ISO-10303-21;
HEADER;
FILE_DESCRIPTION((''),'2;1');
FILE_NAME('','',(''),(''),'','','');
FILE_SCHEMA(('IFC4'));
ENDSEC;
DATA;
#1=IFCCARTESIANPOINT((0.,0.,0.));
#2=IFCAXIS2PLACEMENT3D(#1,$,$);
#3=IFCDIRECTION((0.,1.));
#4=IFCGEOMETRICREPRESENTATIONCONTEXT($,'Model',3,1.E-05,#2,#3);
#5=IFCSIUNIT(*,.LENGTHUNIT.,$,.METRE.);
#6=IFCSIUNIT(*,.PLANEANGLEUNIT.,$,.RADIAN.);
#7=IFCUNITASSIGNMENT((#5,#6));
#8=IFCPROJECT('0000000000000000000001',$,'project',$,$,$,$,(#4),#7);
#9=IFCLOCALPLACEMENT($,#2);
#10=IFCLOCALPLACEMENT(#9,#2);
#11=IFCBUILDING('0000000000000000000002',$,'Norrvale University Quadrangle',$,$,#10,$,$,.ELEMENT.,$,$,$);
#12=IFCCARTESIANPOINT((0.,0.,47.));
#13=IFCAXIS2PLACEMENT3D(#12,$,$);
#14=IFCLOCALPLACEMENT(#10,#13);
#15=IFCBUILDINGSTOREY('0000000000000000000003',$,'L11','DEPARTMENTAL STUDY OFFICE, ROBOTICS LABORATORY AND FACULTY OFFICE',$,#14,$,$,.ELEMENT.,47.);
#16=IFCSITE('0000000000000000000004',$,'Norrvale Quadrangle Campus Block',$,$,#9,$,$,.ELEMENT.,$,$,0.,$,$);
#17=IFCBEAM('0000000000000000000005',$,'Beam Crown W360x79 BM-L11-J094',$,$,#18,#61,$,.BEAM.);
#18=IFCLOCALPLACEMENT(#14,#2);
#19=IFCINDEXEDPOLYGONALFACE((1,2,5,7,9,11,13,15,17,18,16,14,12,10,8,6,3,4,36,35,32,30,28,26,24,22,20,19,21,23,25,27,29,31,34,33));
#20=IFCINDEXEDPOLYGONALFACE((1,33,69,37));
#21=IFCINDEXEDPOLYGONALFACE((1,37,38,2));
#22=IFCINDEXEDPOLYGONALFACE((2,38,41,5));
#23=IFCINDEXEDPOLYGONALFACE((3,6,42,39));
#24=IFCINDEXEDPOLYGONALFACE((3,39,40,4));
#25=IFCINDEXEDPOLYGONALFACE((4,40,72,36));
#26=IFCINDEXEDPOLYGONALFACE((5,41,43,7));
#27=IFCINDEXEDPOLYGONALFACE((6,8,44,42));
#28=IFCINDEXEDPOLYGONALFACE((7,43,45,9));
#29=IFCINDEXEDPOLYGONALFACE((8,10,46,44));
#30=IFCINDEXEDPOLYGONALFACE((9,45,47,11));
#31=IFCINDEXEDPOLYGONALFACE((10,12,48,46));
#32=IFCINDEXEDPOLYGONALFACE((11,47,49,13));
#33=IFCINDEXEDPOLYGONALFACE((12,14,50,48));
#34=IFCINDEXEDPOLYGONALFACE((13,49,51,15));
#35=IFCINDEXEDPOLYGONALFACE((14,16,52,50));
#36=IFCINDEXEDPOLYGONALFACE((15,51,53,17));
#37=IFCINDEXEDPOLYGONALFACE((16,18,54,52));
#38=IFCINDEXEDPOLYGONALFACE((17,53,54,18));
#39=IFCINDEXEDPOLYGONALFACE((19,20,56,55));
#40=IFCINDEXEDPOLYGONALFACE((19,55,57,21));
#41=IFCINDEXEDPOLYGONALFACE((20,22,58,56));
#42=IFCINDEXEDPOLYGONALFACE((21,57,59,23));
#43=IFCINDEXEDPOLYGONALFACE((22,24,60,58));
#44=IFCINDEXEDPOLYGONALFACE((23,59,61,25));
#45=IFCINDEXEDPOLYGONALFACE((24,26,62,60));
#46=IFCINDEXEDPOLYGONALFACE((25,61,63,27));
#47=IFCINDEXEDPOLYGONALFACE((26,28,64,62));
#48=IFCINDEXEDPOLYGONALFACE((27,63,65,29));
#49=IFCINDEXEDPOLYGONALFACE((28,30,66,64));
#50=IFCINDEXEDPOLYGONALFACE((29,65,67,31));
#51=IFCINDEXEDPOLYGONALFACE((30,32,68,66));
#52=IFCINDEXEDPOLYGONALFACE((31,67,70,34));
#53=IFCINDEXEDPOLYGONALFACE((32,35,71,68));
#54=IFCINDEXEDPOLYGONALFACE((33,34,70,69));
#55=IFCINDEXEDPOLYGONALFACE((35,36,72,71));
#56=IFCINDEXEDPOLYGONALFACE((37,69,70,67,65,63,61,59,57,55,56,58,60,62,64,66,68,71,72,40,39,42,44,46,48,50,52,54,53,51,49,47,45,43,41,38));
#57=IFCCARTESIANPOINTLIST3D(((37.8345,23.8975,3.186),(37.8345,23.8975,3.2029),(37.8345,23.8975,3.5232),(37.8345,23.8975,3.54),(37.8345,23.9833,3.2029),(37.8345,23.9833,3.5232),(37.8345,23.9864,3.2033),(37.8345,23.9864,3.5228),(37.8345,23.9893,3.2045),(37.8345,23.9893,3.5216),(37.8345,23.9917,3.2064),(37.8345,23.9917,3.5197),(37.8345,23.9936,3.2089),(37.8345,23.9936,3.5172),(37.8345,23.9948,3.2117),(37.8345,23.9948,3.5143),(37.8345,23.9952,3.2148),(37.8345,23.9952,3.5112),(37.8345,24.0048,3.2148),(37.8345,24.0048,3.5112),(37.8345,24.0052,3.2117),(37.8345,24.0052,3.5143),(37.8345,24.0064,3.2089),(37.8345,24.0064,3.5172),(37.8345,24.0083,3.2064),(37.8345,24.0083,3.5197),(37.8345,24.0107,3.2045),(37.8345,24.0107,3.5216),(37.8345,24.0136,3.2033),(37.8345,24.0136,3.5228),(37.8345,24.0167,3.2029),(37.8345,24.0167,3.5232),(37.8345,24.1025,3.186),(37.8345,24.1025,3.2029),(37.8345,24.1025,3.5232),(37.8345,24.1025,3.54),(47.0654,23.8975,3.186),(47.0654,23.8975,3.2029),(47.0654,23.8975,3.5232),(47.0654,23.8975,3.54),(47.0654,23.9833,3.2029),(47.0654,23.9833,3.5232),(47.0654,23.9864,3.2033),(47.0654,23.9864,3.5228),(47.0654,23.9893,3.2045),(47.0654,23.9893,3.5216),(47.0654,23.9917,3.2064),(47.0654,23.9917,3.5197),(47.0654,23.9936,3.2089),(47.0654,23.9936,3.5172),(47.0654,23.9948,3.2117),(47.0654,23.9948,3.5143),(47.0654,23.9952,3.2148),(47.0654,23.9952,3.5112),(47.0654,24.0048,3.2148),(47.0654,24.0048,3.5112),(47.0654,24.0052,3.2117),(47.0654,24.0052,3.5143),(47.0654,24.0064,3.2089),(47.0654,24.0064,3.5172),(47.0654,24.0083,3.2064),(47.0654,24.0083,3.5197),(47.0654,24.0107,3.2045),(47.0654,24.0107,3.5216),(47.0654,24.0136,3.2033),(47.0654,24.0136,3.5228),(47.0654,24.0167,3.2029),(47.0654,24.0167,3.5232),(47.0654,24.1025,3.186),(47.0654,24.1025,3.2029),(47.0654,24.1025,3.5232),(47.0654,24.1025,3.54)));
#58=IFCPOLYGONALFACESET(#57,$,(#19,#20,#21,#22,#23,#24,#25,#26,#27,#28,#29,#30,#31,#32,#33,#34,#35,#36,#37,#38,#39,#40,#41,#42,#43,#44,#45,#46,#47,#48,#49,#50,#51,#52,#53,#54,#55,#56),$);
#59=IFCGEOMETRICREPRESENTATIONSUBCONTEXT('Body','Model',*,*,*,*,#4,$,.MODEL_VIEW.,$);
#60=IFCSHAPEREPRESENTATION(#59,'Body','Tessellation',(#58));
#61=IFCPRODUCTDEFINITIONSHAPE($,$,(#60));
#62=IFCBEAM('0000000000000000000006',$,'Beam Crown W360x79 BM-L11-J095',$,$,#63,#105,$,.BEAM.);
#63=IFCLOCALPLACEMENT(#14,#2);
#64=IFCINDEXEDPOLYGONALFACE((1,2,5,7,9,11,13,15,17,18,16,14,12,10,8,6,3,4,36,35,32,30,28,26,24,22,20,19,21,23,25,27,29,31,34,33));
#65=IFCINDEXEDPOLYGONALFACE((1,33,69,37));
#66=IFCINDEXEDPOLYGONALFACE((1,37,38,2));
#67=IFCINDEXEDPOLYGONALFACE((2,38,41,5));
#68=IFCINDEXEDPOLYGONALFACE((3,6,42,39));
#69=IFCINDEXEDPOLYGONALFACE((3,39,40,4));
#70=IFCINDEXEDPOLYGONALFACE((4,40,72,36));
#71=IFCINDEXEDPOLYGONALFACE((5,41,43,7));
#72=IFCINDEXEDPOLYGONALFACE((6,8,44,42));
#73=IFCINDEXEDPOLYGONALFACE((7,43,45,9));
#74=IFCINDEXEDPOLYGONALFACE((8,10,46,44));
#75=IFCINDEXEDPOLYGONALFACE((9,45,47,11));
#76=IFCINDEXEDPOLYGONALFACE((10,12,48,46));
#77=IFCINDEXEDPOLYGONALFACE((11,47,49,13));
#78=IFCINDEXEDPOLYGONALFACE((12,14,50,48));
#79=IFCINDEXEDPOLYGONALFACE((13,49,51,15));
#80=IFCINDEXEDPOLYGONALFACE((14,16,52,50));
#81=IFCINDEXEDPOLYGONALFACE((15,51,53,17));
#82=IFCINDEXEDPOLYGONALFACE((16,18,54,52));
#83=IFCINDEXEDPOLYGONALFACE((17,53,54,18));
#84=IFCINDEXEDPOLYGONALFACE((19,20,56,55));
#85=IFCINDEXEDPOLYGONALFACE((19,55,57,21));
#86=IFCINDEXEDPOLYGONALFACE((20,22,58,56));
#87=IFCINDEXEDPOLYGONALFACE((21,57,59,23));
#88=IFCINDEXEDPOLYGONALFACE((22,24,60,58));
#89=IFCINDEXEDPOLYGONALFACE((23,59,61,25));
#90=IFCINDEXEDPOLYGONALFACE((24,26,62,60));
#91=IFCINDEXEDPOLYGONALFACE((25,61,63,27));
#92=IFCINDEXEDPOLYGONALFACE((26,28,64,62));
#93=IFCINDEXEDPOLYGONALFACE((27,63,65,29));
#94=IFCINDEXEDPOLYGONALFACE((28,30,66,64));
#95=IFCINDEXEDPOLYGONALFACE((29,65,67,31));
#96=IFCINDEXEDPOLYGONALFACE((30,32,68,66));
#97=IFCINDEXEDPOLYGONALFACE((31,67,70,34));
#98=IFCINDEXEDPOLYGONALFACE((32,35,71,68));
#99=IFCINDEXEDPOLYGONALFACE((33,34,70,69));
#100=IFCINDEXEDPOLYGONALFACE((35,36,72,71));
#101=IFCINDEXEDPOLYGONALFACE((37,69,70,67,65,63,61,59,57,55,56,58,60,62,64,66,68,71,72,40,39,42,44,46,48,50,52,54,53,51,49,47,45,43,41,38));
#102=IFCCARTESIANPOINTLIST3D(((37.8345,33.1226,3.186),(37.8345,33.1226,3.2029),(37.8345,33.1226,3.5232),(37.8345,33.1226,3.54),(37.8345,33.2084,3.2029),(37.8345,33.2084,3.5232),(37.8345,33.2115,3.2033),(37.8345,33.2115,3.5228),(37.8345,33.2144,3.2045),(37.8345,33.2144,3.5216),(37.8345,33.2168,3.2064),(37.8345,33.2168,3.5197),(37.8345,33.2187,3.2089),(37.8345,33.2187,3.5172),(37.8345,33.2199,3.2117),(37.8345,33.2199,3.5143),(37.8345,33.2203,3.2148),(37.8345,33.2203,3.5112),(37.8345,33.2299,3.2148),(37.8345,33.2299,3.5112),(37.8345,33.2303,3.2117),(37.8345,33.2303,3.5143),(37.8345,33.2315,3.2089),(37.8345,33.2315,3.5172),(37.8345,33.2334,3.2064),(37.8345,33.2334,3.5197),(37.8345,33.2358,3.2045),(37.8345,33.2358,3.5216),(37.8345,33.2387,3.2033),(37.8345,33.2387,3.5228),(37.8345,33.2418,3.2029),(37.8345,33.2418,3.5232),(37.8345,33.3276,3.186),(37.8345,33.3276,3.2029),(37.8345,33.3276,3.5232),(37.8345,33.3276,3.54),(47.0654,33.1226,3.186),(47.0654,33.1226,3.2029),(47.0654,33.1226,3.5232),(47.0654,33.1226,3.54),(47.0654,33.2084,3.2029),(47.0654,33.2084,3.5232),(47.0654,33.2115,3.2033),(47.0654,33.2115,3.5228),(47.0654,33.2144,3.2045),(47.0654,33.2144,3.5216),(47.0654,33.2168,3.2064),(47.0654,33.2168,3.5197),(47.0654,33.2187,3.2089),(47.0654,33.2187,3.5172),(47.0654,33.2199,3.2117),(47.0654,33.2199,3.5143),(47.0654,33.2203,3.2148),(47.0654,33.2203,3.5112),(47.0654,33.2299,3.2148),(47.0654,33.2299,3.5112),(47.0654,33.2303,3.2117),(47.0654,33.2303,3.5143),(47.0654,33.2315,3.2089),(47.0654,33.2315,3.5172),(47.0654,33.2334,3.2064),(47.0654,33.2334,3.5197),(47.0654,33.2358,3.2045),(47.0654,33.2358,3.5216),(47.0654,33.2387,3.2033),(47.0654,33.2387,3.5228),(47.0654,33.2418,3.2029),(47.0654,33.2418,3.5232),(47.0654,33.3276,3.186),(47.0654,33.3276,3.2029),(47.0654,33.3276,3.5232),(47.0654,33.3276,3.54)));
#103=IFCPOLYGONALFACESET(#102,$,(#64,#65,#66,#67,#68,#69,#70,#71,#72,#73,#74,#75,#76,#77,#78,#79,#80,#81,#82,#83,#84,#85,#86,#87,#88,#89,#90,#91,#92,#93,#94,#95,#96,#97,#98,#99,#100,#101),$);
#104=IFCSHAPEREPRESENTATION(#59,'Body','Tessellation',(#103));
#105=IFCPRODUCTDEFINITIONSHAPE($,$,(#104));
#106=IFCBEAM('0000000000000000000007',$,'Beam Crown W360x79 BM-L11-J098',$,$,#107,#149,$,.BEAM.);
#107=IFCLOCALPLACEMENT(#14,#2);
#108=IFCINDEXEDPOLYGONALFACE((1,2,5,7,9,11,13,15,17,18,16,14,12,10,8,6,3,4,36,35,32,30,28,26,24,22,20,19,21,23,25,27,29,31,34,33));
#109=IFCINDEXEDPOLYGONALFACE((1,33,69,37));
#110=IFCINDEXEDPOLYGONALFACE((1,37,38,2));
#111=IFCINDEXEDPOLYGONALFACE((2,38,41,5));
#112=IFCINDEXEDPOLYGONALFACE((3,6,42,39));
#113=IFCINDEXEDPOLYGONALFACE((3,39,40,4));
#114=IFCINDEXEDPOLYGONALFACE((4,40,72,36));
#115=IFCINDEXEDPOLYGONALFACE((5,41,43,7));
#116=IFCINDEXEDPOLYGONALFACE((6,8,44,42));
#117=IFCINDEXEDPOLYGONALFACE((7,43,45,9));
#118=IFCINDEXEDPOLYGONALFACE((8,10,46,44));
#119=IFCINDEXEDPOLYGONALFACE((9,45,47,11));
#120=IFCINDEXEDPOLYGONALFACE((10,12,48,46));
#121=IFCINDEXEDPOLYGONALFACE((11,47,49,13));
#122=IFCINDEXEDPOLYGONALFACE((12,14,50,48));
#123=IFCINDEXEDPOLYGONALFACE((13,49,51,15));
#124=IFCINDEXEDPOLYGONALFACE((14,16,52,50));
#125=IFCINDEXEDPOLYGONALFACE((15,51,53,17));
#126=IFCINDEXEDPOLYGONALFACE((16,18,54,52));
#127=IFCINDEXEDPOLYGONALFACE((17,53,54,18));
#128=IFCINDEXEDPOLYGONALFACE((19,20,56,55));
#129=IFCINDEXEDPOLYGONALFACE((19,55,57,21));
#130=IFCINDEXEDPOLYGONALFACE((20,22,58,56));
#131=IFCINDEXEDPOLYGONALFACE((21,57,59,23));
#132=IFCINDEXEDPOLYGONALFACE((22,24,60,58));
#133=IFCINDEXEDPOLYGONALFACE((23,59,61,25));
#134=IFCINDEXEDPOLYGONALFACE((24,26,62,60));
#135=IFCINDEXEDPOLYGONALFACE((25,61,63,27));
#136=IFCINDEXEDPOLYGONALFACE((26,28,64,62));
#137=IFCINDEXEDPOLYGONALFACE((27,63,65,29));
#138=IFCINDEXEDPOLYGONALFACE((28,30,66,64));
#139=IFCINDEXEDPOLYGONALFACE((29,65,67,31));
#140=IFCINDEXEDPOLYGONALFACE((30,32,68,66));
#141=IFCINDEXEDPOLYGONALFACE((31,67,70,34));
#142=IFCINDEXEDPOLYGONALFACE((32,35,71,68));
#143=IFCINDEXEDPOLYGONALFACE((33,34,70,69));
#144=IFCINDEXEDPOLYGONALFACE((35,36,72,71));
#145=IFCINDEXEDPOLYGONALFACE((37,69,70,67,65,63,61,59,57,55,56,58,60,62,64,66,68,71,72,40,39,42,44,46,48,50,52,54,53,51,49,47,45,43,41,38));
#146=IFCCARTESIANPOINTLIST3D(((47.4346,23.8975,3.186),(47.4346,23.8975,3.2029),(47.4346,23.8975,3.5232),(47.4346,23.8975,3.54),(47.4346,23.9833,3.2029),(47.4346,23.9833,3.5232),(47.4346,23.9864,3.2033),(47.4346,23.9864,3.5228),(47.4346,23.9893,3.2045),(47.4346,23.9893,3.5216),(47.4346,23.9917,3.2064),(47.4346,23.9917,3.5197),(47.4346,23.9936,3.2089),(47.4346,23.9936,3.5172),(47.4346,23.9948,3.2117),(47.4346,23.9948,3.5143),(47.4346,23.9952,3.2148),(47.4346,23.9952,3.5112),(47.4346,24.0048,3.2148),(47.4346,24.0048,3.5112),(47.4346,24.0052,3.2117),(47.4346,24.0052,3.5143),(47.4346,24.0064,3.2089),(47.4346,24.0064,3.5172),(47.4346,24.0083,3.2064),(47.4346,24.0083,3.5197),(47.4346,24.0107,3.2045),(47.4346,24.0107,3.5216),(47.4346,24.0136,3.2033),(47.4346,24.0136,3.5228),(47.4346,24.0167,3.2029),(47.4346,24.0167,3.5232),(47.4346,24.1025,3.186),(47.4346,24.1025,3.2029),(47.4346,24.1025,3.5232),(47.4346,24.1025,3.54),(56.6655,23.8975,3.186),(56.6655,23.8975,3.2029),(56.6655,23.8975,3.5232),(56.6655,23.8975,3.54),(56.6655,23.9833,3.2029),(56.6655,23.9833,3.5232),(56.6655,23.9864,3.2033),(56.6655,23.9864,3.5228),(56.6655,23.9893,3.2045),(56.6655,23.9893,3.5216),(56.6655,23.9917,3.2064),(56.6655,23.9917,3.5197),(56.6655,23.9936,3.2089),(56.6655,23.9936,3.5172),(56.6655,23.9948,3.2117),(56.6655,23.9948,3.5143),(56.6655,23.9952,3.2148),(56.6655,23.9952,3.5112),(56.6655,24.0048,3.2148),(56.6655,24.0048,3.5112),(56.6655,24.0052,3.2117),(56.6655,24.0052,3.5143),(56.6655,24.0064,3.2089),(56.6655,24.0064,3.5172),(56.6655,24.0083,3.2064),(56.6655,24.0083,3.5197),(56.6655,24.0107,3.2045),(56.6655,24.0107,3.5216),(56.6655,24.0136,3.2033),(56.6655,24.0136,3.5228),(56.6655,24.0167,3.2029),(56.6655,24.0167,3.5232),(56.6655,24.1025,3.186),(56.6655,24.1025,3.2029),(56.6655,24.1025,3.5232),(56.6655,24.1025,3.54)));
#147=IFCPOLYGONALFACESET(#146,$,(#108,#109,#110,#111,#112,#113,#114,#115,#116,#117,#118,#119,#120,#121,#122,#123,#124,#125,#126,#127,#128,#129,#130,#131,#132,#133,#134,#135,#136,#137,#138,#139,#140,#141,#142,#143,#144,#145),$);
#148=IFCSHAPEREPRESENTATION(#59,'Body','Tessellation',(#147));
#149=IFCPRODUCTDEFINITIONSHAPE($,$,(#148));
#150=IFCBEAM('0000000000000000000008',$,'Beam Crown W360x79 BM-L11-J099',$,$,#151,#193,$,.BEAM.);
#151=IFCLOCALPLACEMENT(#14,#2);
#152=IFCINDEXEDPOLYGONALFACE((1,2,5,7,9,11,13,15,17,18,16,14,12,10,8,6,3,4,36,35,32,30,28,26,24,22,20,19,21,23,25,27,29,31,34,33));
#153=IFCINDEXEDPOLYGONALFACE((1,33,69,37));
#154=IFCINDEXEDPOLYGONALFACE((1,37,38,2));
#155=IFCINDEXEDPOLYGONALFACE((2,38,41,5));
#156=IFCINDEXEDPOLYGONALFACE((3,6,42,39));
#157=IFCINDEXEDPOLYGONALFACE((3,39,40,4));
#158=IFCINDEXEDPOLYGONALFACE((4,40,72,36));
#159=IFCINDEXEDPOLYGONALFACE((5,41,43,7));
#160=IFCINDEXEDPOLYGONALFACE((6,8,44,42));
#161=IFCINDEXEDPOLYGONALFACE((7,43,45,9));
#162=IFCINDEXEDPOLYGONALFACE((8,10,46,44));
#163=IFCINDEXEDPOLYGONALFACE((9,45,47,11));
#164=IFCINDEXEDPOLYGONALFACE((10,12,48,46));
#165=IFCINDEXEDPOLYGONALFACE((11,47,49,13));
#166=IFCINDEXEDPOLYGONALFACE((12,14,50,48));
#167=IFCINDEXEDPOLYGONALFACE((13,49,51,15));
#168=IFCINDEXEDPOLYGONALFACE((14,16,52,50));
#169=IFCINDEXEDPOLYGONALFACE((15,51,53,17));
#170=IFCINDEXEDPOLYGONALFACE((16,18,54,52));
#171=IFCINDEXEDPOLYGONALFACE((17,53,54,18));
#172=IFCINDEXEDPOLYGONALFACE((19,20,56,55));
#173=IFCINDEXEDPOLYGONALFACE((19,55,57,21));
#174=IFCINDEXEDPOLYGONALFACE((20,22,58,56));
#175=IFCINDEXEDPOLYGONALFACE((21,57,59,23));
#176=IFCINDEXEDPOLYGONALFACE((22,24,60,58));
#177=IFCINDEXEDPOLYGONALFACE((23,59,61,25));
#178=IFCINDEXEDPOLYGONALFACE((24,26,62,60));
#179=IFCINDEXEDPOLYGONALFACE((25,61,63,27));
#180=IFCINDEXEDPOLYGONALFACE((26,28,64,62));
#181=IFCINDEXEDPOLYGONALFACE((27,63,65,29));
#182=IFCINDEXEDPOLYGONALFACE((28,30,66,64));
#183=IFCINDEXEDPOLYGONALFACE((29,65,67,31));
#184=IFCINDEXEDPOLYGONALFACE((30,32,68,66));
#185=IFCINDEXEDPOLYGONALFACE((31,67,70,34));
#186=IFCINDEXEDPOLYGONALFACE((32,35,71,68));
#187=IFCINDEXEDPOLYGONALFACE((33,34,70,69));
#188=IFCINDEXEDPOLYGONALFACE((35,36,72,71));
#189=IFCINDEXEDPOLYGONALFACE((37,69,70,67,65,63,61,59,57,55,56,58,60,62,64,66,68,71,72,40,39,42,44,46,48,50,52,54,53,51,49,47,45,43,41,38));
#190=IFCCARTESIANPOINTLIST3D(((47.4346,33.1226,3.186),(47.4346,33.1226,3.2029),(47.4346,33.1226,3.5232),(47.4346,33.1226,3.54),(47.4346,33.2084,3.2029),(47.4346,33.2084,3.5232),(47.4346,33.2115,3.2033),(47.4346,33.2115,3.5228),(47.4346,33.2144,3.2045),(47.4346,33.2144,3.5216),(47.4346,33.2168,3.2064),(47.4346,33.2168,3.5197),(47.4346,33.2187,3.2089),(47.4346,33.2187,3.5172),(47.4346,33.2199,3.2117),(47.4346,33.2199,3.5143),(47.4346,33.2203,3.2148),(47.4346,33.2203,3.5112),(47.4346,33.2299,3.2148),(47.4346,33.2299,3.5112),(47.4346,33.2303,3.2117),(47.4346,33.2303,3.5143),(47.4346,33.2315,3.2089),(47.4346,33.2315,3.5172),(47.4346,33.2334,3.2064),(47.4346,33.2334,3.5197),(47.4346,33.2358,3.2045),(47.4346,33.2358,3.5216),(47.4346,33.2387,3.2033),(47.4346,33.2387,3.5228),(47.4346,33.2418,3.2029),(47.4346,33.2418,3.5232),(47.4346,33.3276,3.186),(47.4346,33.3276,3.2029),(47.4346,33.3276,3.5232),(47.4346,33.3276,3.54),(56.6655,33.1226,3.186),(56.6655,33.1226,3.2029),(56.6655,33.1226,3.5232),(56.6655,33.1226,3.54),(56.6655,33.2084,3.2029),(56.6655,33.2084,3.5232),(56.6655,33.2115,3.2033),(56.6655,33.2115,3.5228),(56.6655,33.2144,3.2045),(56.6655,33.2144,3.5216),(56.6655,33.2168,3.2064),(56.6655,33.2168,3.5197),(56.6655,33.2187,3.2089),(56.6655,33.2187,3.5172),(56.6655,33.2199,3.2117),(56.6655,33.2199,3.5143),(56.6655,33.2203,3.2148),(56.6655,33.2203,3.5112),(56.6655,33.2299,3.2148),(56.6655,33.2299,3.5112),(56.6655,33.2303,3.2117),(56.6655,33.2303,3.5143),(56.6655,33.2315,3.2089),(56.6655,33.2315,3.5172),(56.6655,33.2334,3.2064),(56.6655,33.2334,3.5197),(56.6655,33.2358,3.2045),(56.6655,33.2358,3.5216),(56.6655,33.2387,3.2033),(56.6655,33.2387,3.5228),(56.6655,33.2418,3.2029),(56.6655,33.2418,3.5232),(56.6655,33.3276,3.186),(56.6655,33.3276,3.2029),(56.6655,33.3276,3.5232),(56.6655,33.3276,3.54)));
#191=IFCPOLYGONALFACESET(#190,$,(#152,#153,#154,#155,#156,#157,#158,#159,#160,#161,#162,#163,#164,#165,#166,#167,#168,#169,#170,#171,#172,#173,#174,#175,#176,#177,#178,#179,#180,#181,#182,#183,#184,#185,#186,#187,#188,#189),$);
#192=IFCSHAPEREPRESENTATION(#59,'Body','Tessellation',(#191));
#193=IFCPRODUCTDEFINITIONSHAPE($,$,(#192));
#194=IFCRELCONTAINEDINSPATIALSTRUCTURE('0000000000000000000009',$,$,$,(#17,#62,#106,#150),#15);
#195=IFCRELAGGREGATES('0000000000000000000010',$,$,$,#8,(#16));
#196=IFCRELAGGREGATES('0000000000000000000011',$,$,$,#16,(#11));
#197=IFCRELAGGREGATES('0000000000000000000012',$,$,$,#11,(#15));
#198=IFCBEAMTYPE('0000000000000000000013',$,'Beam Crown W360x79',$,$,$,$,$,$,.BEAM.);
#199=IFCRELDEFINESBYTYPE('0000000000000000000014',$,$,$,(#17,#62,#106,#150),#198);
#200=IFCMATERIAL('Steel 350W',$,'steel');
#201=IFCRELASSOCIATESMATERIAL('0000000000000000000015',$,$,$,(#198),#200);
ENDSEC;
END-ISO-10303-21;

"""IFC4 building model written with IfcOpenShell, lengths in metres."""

from ifc_helpers import new_model, si_unit, direction, frame, origin, origin_2d, place, context, subcontext, project, spatial, i_section, extrude, material, material_profile, profile_set, type_object, element, save


model = new_model("IFC4")

# Units and contexts
model_context = context("Model", 3, precision=1e-05, world=origin(), true_north=direction((0.0, 1.0)))
body_context = subcontext(model_context, "Body", "Model", "MODEL_VIEW")
ifc_project = project(units=[si_unit("LENGTHUNIT", "METRE"), si_unit("PLANEANGLEUNIT", "RADIAN")], contexts=[model_context])

# Site, building, storey
site_placement = place(None, origin())
site = spatial("IfcSite", under=ifc_project, at=site_placement, Name="Norrvale Quadrangle Campus Block", CompositionType="ELEMENT", RefElevation=0.0)
building_placement = place(site_placement, origin())
building = spatial("IfcBuilding", under=site, at=building_placement, Name="Norrvale University Quadrangle", CompositionType="ELEMENT")
storey_placement = place(building_placement, frame((0.0, 0.0, 47.0)))
storey = spatial("IfcBuildingStorey", under=building, at=storey_placement, Name="L11", Description="DEPARTMENTAL STUDY OFFICE, ROBOTICS LABORATORY AND FACULTY OFFICE", CompositionType="ELEMENT", Elevation=47.0)

# Beams
ifc_material_1 = material(Name="Steel 350W", Category="steel")
ifc_material_profile_1 = material_profile(ifc_material_1, i_section(OverallWidth=0.2051, OverallDepth=0.354, WebThickness=0.0095, FlangeThickness=0.0168, FilletRadius=0.012, at=origin_2d()), Name="Steel 350W")
ifc_profile_set_1 = profile_set([ifc_material_profile_1], Name="Steel 350W")
beam_type_1 = type_object("IfcBeamType", Name="Beam Crown W360x79", PredefinedType="BEAM", material=ifc_profile_set_1)
for number, where, z_axis, x_axis, name in (
    (1, (37.8345, 24.0, 3.363), (1.0, 0.0, 0.0), (0.0, 1.0, 0.0), "Beam Crown W360x79 BM-L11-J094"),
    (2, (37.8345, 33.2251, 3.363), (1.0, 0.0, 0.0), (0.0, 1.0, 0.0), "Beam Crown W360x79 BM-L11-J095"),
    (3, (47.4346, 24.0, 3.363), (1.0, 0.0, 0.0), (0.0, 1.0, 0.0), "Beam Crown W360x79 BM-L11-J098"),
    (4, (47.4346, 33.2251, 3.363), (1.0, 0.0, 0.0), (0.0, 1.0, 0.0), "Beam Crown W360x79 BM-L11-J099"),
):
    element("IfcBeam", number, at=place(storey_placement, frame(where, z_axis=z_axis, x_axis=x_axis)), inside=storey, type_object=beam_type_1, Name=name, PredefinedType="BEAM", context=body_context, shape_type="SweptSolid", body=[
        extrude(i_section(OverallWidth=0.2051, OverallDepth=0.354, WebThickness=0.0095, FlangeThickness=0.0168, FilletRadius=0.012, at=origin_2d()), origin(), (0.0, 0.0, 1.0), 9.231),
    ])

save(model, "model.ifc")
